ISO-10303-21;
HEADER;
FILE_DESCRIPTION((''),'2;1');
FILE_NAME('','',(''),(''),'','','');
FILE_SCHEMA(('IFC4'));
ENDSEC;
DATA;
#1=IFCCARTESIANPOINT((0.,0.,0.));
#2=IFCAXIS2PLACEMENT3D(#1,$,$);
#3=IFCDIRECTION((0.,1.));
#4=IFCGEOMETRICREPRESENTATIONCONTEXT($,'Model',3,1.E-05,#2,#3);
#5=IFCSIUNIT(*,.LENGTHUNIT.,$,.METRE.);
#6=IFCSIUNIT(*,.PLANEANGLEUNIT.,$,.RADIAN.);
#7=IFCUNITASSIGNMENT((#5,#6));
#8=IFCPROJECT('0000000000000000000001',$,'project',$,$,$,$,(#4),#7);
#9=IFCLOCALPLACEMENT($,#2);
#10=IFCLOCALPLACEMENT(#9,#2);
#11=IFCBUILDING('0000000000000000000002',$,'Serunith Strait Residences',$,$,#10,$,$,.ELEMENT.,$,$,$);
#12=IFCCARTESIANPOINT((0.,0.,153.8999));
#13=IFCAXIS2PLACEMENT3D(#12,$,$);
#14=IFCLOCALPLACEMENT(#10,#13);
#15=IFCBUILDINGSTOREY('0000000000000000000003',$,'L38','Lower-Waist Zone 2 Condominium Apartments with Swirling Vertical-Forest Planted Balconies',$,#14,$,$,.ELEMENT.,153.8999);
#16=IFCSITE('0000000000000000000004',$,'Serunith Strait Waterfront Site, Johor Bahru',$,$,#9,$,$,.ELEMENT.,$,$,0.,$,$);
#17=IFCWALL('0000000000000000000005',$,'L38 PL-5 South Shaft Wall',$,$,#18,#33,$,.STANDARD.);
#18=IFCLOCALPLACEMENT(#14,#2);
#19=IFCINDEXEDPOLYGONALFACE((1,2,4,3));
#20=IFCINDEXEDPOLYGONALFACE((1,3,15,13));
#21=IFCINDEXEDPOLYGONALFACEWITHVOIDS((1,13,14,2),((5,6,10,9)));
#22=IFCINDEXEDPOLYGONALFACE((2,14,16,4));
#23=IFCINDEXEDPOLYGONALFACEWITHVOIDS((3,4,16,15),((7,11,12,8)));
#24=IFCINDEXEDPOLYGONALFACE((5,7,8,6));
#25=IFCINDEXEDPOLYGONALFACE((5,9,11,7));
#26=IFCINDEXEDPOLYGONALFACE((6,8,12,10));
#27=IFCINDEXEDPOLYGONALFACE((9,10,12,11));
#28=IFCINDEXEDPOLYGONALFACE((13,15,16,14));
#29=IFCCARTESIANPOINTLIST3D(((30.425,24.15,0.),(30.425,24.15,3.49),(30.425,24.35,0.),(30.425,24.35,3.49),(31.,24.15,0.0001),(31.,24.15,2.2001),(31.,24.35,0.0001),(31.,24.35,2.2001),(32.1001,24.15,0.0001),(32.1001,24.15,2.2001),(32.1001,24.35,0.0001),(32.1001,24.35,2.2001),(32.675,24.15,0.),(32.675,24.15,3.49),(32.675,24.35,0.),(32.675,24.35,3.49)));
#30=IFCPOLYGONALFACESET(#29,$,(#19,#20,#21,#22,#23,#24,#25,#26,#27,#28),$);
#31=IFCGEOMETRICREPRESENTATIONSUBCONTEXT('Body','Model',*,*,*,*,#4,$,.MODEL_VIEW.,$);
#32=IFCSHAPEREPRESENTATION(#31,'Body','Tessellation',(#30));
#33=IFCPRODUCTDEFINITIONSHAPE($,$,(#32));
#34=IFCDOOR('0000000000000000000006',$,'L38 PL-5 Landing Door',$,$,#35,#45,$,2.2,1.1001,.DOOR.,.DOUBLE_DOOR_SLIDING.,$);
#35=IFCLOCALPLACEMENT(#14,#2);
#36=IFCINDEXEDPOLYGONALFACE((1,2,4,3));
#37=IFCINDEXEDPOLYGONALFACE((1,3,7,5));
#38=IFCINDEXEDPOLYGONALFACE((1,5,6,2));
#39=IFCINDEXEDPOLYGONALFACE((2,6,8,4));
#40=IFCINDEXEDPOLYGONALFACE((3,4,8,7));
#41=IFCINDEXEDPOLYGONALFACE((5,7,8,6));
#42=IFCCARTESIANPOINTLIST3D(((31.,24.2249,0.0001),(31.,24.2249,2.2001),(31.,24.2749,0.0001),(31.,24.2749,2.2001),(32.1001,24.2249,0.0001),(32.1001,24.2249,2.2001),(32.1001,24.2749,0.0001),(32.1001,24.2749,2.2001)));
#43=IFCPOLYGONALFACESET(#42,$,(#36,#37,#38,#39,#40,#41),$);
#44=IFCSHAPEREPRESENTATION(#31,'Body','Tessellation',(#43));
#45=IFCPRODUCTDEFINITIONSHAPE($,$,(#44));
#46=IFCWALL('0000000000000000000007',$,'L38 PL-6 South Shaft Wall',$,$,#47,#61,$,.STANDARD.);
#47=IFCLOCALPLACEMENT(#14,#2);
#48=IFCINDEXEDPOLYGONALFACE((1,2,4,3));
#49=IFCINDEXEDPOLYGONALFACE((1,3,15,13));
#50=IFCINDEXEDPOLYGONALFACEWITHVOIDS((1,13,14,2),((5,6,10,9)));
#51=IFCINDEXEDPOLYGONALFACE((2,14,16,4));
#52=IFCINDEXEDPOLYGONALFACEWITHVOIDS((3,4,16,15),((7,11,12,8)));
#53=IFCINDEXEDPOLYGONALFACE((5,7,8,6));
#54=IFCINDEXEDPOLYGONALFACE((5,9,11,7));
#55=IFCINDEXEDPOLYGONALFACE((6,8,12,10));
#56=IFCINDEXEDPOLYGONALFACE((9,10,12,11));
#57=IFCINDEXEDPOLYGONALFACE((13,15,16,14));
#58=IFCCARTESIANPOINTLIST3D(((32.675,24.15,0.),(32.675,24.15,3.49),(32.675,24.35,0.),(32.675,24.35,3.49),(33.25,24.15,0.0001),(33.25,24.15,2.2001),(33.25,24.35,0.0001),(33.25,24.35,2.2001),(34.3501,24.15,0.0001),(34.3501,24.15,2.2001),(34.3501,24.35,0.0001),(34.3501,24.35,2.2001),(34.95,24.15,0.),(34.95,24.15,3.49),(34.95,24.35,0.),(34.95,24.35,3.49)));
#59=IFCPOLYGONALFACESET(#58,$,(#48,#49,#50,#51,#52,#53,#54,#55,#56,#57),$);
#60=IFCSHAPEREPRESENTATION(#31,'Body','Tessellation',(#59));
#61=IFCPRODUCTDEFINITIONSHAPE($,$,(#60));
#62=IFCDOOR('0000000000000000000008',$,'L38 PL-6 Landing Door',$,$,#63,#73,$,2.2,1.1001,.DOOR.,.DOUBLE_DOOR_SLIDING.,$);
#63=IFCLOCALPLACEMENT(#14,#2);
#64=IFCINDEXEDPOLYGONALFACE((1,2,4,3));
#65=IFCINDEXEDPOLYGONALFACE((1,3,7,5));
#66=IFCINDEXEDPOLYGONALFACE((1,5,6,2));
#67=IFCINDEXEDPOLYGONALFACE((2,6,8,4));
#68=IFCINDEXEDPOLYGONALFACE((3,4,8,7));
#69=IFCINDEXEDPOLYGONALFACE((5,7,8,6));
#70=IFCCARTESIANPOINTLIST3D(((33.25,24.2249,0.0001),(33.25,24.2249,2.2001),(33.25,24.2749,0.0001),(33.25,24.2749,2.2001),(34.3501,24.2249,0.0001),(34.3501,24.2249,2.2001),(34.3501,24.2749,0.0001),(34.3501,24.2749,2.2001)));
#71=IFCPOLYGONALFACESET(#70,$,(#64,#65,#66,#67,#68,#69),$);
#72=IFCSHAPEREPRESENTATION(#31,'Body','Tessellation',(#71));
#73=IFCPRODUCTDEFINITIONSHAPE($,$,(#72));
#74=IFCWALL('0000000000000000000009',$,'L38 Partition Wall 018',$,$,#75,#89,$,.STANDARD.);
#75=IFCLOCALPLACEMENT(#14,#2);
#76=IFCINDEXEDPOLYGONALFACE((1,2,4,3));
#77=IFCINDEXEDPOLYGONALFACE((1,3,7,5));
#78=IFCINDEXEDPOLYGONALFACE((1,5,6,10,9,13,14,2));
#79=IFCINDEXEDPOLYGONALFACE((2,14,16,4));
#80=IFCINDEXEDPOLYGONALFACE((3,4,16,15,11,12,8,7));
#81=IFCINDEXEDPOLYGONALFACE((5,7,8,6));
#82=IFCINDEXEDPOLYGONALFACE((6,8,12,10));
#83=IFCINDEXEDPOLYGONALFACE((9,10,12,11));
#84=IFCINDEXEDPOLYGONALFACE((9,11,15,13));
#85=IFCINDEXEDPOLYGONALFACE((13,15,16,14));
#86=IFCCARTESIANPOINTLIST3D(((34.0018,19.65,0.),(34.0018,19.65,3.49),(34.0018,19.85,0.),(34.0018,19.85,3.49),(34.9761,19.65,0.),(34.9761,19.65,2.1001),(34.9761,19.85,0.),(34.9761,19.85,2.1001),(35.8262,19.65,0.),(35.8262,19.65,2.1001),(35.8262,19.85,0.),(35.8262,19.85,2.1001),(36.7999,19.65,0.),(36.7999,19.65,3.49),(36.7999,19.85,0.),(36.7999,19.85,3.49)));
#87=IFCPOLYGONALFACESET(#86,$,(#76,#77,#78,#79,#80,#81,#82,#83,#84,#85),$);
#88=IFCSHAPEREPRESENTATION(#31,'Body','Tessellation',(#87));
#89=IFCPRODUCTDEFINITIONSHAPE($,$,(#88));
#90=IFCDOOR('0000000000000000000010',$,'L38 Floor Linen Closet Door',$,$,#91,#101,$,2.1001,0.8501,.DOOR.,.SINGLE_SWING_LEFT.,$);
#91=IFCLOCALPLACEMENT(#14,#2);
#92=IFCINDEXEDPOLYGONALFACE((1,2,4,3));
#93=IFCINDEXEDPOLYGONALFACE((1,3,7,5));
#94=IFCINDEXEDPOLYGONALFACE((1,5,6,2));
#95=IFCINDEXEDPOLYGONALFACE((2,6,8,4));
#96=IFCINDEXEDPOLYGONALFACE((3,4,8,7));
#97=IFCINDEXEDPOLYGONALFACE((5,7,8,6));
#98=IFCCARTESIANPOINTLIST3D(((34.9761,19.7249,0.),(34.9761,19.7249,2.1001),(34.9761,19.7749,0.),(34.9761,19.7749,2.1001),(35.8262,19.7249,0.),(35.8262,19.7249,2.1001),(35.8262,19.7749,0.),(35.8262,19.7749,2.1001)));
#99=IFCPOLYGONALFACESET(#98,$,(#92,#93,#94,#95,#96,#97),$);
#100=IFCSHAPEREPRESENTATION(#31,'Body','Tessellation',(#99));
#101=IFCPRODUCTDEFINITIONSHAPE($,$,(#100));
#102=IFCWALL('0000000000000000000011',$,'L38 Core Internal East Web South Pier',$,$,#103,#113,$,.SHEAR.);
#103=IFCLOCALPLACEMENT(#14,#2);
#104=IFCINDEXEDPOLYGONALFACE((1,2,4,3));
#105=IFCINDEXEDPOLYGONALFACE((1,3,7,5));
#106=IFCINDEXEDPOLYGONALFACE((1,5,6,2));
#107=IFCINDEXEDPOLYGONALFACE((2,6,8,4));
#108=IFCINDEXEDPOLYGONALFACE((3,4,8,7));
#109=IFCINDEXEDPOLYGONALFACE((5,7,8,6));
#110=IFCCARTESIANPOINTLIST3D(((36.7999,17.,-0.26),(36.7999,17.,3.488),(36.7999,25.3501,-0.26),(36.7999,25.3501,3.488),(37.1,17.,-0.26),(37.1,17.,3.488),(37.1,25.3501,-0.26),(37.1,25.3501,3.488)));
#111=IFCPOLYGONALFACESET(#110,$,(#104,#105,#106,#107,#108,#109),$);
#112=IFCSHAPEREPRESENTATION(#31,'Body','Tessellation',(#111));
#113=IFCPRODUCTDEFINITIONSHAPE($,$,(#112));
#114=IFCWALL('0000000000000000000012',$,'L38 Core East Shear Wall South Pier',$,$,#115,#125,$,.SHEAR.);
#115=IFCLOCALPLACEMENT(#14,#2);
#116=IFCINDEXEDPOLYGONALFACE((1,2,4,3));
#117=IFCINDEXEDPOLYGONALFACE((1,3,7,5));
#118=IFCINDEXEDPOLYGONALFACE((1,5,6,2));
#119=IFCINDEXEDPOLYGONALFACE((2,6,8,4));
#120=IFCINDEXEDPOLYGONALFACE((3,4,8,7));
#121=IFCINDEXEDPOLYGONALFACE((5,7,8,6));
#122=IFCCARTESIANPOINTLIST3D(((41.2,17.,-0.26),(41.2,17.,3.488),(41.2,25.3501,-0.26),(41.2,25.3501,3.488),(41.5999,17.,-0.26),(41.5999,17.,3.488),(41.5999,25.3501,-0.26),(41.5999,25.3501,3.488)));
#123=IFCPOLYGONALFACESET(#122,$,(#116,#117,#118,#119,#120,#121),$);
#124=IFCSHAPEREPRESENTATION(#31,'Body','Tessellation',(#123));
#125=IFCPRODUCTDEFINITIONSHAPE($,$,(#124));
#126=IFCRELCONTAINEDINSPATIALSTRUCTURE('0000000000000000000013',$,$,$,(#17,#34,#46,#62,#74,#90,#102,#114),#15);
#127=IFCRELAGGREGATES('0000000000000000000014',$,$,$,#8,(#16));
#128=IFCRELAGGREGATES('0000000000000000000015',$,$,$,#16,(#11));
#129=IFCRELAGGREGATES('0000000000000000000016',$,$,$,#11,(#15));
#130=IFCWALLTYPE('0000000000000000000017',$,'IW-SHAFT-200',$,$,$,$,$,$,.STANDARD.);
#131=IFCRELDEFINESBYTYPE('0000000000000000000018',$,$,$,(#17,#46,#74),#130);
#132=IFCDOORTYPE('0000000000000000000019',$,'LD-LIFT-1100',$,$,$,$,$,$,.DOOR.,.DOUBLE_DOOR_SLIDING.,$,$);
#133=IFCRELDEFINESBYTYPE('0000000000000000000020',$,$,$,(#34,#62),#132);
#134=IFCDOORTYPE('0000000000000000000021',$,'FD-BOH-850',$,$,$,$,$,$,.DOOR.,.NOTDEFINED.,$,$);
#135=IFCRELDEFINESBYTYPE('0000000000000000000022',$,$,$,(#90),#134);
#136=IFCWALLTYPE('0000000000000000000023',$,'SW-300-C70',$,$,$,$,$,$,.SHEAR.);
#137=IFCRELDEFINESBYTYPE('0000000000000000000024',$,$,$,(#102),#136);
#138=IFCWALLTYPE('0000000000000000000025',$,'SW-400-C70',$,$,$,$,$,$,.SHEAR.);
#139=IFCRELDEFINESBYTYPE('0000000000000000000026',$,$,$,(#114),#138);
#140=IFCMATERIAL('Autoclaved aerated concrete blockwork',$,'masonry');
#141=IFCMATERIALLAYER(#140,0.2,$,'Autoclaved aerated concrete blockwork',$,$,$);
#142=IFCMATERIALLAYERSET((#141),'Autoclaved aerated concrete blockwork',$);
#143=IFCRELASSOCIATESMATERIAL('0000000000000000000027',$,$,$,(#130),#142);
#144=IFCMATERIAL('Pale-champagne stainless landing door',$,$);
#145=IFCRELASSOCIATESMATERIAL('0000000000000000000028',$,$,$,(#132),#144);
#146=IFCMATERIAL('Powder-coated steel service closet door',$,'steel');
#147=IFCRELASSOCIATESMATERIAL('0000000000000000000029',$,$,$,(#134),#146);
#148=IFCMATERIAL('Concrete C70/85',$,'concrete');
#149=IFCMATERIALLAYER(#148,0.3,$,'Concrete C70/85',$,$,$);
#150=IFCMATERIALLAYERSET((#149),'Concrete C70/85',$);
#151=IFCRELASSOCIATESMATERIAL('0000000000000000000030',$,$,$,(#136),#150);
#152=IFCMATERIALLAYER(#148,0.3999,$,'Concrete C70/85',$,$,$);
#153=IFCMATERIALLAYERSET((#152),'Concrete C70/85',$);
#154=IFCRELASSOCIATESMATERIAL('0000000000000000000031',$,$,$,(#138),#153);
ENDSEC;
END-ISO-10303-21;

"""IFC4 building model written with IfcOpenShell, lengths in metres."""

from ifc_helpers import new_model, si_unit, direction, frame, frame_2d, origin, place, context, subcontext, project, spatial, rectangle, extrude, source, transform, mapped, material, layer, layer_set, type_object, element, fill, save


model = new_model("IFC4")

# Units and contexts
model_context = context("Model", 3, precision=1e-05, world=origin(), true_north=direction((0.0, 1.0)))
body_context = subcontext(model_context, "Body", "Model", "MODEL_VIEW")
ifc_project = project(units=[si_unit("LENGTHUNIT", "METRE"), si_unit("PLANEANGLEUNIT", "RADIAN")], contexts=[model_context])

# Site, building, storey
site_placement = place(None, origin())
site = spatial("IfcSite", under=ifc_project, at=site_placement, Name="Serunith Strait Waterfront Site, Johor Bahru", CompositionType="ELEMENT", RefElevation=0.0)
building_placement = place(site_placement, origin())
building = spatial("IfcBuilding", under=site, at=building_placement, Name="Serunith Strait Residences", CompositionType="ELEMENT")
storey_placement = place(building_placement, frame((0.0, 0.0, 153.8999)))
storey = spatial("IfcBuildingStorey", under=building, at=storey_placement, Name="L38", Description="Lower-Waist Zone 2 Condominium Apartments with Swirling Vertical-Forest Planted Balconies", CompositionType="ELEMENT", Elevation=153.8999)

# Walls, openings, doors
ifc_material_1 = material(Name="Autoclaved aerated concrete blockwork", Category="masonry")
ifc_layer_1 = layer(ifc_material_1, 0.2, Name="Autoclaved aerated concrete blockwork")
ifc_layer_set_1 = layer_set([ifc_layer_1], Name="Autoclaved aerated concrete blockwork")
wall_type_1 = type_object("IfcWallType", Name="IW-SHAFT-200", PredefinedType="STANDARD", material=ifc_layer_set_1)
wall_1_placement = place(storey_placement, frame((30.425, 24.25, 0.0), z_axis=(0.0, 0.0, 1.0), x_axis=(1.0, 0.0, 0.0)))
wall_1 = element("IfcWall", 1, at=wall_1_placement, inside=storey, type_object=wall_type_1, Name="L38 PL-5 South Shaft Wall", PredefinedType="STANDARD", context=body_context, shape_type="SweptSolid", body=[
    extrude(rectangle(XDim=2.25, YDim=0.2, at=frame_2d((1.125, 0.0))), origin(), (0.0, 0.0, 1.0), 3.49),
])
opening_1_placement = place(wall_1_placement, frame((0.575, 0.0, 0.0)))
opening_1 = element("IfcOpeningElement", 2, at=opening_1_placement, cuts=wall_1, PredefinedType="OPENING", context=body_context, shape_type="SweptSolid", body=[
    extrude(rectangle(XDim=1.1001, YDim=2.2, at=frame_2d((0.55, 1.1001))), frame((0.0, 0.1099, 0.0), z_axis=(0.0, -1.0, 0.0), x_axis=(1.0, 0.0, 0.0)), (0.0, 0.0, 1.0), 0.22),
])
ifc_material_2 = material(Name="Pale-champagne stainless landing door")
door_type_1 = type_object("IfcDoorType", Name="LD-LIFT-1100", OperationType="DOUBLE_DOOR_SLIDING", PredefinedType="DOOR", material=ifc_material_2)
shared_shape_1 = source(origin(), body_context, "Body", "SweptSolid", [
    extrude(rectangle(XDim=1.1001, YDim=2.2, at=frame_2d((0.55, 1.1001))), frame((0.0, 0.0249, 0.0), z_axis=(0.0, -1.0, 0.0), x_axis=(1.0, 0.0, 0.0)), (0.0, 0.0, 1.0), 0.05),
])
door_1_placement = place(opening_1_placement, origin())
door_1 = element("IfcDoor", 3, at=door_1_placement, inside=storey, type_object=door_type_1, Name="L38 PL-5 Landing Door", OperationType="DOUBLE_DOOR_SLIDING", OverallHeight=2.2, OverallWidth=1.1001, PredefinedType="DOOR", context=body_context, shape_type="MappedRepresentation", body=[
    mapped(shared_shape_1, transform((0.0, 0.0, 0.0), scale=1.0)),
])
fill(opening_1, door_1)
wall_2_placement = place(storey_placement, frame((32.675, 24.25, 0.0), z_axis=(0.0, 0.0, 1.0), x_axis=(1.0, 0.0, 0.0)))
wall_2 = element("IfcWall", 4, at=wall_2_placement, inside=storey, type_object=wall_type_1, Name="L38 PL-6 South Shaft Wall", PredefinedType="STANDARD", context=body_context, shape_type="SweptSolid", body=[
    extrude(rectangle(XDim=2.2749, YDim=0.2, at=frame_2d((1.1375, 0.0))), origin(), (0.0, 0.0, 1.0), 3.49),
])
opening_2_placement = place(wall_2_placement, frame((0.575, 0.0, 0.0)))
opening_2 = element("IfcOpeningElement", 5, at=opening_2_placement, cuts=wall_2, PredefinedType="OPENING", context=body_context, shape_type="SweptSolid", body=[
    extrude(rectangle(XDim=1.1001, YDim=2.2, at=frame_2d((0.55, 1.1001))), frame((0.0, 0.1099, 0.0), z_axis=(0.0, -1.0, 0.0), x_axis=(1.0, 0.0, 0.0)), (0.0, 0.0, 1.0), 0.22),
])
door_2_placement = place(opening_2_placement, origin())
door_2 = element("IfcDoor", 6, at=door_2_placement, inside=storey, type_object=door_type_1, Name="L38 PL-6 Landing Door", OperationType="DOUBLE_DOOR_SLIDING", OverallHeight=2.2, OverallWidth=1.1001, PredefinedType="DOOR", context=body_context, shape_type="MappedRepresentation", body=[
    mapped(shared_shape_1, transform((0.0, 0.0, 0.0), scale=1.0)),
])
fill(opening_2, door_2)
wall_3_placement = place(storey_placement, frame((34.002, 19.75, 0.0), z_axis=(0.0, 0.0, 1.0), x_axis=(1.0, 0.0, 0.0)))
wall_3 = element("IfcWall", 7, at=wall_3_placement, inside=storey, type_object=wall_type_1, Name="L38 Partition Wall 018", PredefinedType="STANDARD", context=body_context, shape_type="SweptSolid", body=[
    extrude(rectangle(XDim=2.7981, YDim=0.2, at=frame_2d((1.3989, 0.0))), origin(), (0.0, 0.0, 1.0), 3.49),
])
opening_3_placement = place(wall_3_placement, frame((0.9741, 0.0, 0.0)))
opening_3 = element("IfcOpeningElement", 8, at=opening_3_placement, cuts=wall_3, PredefinedType="OPENING", context=body_context, shape_type="SweptSolid", body=[
    extrude(rectangle(XDim=0.8501, YDim=2.1001, at=frame_2d((0.425, 1.05))), frame((0.0, 0.1099, 0.0), z_axis=(0.0, -1.0, 0.0), x_axis=(1.0, 0.0, 0.0)), (0.0, 0.0, 1.0), 0.22),
])
ifc_material_3 = material(Name="Powder-coated steel service closet door", Category="steel")
door_type_2 = type_object("IfcDoorType", Name="FD-BOH-850", OperationType="NOTDEFINED", PredefinedType="DOOR", material=ifc_material_3)
shared_shape_2 = source(origin(), body_context, "Body", "SweptSolid", [
    extrude(rectangle(XDim=0.8501, YDim=2.1001, at=frame_2d((0.425, 1.05))), frame((0.0, 0.0249, 0.0), z_axis=(0.0, -1.0, 0.0), x_axis=(1.0, 0.0, 0.0)), (0.0, 0.0, 1.0), 0.05),
])
door_3_placement = place(opening_3_placement, origin())
door_3 = element("IfcDoor", 9, at=door_3_placement, inside=storey, type_object=door_type_2, Name="L38 Floor Linen Closet Door", OperationType="SINGLE_SWING_LEFT", OverallHeight=2.1001, OverallWidth=0.8501, PredefinedType="DOOR", context=body_context, shape_type="MappedRepresentation", body=[
    mapped(shared_shape_2, transform((0.0, 0.0, 0.0), scale=1.0)),
])
fill(opening_3, door_3)

# Walls
ifc_material_4 = material(Name="Concrete C70/85", Category="concrete")
ifc_layer_2 = layer(ifc_material_4, 0.3, Name="Concrete C70/85")
ifc_layer_set_2 = layer_set([ifc_layer_2], Name="Concrete C70/85")
wall_type_2 = type_object("IfcWallType", Name="SW-300-C70", PredefinedType="SHEAR", material=ifc_layer_set_2)
wall_4_placement = place(storey_placement, frame((36.95, 17.0, -0.26), z_axis=(0.0, 0.0, 1.0), x_axis=(0.0, 1.0, 0.0)))
element("IfcWall", 10, at=wall_4_placement, inside=storey, type_object=wall_type_2, Name="L38 Core Internal East Web South Pier", PredefinedType="SHEAR", context=body_context, shape_type="SweptSolid", body=[
    extrude(rectangle(XDim=8.3501, YDim=0.3, at=frame_2d((4.175, 0.0))), origin(), (0.0, 0.0, 1.0), 3.748),
])
ifc_layer_3 = layer(ifc_material_4, 0.3999, Name="Concrete C70/85")
ifc_layer_set_3 = layer_set([ifc_layer_3], Name="Concrete C70/85")
wall_type_3 = type_object("IfcWallType", Name="SW-400-C70", PredefinedType="SHEAR", material=ifc_layer_set_3)
wall_5_placement = place(storey_placement, frame((41.3999, 17.0, -0.26), z_axis=(0.0, 0.0, 1.0), x_axis=(0.0, 1.0, 0.0)))
element("IfcWall", 11, at=wall_5_placement, inside=storey, type_object=wall_type_3, Name="L38 Core East Shear Wall South Pier", PredefinedType="SHEAR", context=body_context, shape_type="SweptSolid", body=[
    extrude(rectangle(XDim=8.3501, YDim=0.3999, at=frame_2d((4.175, 0.0))), origin(), (0.0, 0.0, 1.0), 3.748),
])

save(model, "model.ifc")
